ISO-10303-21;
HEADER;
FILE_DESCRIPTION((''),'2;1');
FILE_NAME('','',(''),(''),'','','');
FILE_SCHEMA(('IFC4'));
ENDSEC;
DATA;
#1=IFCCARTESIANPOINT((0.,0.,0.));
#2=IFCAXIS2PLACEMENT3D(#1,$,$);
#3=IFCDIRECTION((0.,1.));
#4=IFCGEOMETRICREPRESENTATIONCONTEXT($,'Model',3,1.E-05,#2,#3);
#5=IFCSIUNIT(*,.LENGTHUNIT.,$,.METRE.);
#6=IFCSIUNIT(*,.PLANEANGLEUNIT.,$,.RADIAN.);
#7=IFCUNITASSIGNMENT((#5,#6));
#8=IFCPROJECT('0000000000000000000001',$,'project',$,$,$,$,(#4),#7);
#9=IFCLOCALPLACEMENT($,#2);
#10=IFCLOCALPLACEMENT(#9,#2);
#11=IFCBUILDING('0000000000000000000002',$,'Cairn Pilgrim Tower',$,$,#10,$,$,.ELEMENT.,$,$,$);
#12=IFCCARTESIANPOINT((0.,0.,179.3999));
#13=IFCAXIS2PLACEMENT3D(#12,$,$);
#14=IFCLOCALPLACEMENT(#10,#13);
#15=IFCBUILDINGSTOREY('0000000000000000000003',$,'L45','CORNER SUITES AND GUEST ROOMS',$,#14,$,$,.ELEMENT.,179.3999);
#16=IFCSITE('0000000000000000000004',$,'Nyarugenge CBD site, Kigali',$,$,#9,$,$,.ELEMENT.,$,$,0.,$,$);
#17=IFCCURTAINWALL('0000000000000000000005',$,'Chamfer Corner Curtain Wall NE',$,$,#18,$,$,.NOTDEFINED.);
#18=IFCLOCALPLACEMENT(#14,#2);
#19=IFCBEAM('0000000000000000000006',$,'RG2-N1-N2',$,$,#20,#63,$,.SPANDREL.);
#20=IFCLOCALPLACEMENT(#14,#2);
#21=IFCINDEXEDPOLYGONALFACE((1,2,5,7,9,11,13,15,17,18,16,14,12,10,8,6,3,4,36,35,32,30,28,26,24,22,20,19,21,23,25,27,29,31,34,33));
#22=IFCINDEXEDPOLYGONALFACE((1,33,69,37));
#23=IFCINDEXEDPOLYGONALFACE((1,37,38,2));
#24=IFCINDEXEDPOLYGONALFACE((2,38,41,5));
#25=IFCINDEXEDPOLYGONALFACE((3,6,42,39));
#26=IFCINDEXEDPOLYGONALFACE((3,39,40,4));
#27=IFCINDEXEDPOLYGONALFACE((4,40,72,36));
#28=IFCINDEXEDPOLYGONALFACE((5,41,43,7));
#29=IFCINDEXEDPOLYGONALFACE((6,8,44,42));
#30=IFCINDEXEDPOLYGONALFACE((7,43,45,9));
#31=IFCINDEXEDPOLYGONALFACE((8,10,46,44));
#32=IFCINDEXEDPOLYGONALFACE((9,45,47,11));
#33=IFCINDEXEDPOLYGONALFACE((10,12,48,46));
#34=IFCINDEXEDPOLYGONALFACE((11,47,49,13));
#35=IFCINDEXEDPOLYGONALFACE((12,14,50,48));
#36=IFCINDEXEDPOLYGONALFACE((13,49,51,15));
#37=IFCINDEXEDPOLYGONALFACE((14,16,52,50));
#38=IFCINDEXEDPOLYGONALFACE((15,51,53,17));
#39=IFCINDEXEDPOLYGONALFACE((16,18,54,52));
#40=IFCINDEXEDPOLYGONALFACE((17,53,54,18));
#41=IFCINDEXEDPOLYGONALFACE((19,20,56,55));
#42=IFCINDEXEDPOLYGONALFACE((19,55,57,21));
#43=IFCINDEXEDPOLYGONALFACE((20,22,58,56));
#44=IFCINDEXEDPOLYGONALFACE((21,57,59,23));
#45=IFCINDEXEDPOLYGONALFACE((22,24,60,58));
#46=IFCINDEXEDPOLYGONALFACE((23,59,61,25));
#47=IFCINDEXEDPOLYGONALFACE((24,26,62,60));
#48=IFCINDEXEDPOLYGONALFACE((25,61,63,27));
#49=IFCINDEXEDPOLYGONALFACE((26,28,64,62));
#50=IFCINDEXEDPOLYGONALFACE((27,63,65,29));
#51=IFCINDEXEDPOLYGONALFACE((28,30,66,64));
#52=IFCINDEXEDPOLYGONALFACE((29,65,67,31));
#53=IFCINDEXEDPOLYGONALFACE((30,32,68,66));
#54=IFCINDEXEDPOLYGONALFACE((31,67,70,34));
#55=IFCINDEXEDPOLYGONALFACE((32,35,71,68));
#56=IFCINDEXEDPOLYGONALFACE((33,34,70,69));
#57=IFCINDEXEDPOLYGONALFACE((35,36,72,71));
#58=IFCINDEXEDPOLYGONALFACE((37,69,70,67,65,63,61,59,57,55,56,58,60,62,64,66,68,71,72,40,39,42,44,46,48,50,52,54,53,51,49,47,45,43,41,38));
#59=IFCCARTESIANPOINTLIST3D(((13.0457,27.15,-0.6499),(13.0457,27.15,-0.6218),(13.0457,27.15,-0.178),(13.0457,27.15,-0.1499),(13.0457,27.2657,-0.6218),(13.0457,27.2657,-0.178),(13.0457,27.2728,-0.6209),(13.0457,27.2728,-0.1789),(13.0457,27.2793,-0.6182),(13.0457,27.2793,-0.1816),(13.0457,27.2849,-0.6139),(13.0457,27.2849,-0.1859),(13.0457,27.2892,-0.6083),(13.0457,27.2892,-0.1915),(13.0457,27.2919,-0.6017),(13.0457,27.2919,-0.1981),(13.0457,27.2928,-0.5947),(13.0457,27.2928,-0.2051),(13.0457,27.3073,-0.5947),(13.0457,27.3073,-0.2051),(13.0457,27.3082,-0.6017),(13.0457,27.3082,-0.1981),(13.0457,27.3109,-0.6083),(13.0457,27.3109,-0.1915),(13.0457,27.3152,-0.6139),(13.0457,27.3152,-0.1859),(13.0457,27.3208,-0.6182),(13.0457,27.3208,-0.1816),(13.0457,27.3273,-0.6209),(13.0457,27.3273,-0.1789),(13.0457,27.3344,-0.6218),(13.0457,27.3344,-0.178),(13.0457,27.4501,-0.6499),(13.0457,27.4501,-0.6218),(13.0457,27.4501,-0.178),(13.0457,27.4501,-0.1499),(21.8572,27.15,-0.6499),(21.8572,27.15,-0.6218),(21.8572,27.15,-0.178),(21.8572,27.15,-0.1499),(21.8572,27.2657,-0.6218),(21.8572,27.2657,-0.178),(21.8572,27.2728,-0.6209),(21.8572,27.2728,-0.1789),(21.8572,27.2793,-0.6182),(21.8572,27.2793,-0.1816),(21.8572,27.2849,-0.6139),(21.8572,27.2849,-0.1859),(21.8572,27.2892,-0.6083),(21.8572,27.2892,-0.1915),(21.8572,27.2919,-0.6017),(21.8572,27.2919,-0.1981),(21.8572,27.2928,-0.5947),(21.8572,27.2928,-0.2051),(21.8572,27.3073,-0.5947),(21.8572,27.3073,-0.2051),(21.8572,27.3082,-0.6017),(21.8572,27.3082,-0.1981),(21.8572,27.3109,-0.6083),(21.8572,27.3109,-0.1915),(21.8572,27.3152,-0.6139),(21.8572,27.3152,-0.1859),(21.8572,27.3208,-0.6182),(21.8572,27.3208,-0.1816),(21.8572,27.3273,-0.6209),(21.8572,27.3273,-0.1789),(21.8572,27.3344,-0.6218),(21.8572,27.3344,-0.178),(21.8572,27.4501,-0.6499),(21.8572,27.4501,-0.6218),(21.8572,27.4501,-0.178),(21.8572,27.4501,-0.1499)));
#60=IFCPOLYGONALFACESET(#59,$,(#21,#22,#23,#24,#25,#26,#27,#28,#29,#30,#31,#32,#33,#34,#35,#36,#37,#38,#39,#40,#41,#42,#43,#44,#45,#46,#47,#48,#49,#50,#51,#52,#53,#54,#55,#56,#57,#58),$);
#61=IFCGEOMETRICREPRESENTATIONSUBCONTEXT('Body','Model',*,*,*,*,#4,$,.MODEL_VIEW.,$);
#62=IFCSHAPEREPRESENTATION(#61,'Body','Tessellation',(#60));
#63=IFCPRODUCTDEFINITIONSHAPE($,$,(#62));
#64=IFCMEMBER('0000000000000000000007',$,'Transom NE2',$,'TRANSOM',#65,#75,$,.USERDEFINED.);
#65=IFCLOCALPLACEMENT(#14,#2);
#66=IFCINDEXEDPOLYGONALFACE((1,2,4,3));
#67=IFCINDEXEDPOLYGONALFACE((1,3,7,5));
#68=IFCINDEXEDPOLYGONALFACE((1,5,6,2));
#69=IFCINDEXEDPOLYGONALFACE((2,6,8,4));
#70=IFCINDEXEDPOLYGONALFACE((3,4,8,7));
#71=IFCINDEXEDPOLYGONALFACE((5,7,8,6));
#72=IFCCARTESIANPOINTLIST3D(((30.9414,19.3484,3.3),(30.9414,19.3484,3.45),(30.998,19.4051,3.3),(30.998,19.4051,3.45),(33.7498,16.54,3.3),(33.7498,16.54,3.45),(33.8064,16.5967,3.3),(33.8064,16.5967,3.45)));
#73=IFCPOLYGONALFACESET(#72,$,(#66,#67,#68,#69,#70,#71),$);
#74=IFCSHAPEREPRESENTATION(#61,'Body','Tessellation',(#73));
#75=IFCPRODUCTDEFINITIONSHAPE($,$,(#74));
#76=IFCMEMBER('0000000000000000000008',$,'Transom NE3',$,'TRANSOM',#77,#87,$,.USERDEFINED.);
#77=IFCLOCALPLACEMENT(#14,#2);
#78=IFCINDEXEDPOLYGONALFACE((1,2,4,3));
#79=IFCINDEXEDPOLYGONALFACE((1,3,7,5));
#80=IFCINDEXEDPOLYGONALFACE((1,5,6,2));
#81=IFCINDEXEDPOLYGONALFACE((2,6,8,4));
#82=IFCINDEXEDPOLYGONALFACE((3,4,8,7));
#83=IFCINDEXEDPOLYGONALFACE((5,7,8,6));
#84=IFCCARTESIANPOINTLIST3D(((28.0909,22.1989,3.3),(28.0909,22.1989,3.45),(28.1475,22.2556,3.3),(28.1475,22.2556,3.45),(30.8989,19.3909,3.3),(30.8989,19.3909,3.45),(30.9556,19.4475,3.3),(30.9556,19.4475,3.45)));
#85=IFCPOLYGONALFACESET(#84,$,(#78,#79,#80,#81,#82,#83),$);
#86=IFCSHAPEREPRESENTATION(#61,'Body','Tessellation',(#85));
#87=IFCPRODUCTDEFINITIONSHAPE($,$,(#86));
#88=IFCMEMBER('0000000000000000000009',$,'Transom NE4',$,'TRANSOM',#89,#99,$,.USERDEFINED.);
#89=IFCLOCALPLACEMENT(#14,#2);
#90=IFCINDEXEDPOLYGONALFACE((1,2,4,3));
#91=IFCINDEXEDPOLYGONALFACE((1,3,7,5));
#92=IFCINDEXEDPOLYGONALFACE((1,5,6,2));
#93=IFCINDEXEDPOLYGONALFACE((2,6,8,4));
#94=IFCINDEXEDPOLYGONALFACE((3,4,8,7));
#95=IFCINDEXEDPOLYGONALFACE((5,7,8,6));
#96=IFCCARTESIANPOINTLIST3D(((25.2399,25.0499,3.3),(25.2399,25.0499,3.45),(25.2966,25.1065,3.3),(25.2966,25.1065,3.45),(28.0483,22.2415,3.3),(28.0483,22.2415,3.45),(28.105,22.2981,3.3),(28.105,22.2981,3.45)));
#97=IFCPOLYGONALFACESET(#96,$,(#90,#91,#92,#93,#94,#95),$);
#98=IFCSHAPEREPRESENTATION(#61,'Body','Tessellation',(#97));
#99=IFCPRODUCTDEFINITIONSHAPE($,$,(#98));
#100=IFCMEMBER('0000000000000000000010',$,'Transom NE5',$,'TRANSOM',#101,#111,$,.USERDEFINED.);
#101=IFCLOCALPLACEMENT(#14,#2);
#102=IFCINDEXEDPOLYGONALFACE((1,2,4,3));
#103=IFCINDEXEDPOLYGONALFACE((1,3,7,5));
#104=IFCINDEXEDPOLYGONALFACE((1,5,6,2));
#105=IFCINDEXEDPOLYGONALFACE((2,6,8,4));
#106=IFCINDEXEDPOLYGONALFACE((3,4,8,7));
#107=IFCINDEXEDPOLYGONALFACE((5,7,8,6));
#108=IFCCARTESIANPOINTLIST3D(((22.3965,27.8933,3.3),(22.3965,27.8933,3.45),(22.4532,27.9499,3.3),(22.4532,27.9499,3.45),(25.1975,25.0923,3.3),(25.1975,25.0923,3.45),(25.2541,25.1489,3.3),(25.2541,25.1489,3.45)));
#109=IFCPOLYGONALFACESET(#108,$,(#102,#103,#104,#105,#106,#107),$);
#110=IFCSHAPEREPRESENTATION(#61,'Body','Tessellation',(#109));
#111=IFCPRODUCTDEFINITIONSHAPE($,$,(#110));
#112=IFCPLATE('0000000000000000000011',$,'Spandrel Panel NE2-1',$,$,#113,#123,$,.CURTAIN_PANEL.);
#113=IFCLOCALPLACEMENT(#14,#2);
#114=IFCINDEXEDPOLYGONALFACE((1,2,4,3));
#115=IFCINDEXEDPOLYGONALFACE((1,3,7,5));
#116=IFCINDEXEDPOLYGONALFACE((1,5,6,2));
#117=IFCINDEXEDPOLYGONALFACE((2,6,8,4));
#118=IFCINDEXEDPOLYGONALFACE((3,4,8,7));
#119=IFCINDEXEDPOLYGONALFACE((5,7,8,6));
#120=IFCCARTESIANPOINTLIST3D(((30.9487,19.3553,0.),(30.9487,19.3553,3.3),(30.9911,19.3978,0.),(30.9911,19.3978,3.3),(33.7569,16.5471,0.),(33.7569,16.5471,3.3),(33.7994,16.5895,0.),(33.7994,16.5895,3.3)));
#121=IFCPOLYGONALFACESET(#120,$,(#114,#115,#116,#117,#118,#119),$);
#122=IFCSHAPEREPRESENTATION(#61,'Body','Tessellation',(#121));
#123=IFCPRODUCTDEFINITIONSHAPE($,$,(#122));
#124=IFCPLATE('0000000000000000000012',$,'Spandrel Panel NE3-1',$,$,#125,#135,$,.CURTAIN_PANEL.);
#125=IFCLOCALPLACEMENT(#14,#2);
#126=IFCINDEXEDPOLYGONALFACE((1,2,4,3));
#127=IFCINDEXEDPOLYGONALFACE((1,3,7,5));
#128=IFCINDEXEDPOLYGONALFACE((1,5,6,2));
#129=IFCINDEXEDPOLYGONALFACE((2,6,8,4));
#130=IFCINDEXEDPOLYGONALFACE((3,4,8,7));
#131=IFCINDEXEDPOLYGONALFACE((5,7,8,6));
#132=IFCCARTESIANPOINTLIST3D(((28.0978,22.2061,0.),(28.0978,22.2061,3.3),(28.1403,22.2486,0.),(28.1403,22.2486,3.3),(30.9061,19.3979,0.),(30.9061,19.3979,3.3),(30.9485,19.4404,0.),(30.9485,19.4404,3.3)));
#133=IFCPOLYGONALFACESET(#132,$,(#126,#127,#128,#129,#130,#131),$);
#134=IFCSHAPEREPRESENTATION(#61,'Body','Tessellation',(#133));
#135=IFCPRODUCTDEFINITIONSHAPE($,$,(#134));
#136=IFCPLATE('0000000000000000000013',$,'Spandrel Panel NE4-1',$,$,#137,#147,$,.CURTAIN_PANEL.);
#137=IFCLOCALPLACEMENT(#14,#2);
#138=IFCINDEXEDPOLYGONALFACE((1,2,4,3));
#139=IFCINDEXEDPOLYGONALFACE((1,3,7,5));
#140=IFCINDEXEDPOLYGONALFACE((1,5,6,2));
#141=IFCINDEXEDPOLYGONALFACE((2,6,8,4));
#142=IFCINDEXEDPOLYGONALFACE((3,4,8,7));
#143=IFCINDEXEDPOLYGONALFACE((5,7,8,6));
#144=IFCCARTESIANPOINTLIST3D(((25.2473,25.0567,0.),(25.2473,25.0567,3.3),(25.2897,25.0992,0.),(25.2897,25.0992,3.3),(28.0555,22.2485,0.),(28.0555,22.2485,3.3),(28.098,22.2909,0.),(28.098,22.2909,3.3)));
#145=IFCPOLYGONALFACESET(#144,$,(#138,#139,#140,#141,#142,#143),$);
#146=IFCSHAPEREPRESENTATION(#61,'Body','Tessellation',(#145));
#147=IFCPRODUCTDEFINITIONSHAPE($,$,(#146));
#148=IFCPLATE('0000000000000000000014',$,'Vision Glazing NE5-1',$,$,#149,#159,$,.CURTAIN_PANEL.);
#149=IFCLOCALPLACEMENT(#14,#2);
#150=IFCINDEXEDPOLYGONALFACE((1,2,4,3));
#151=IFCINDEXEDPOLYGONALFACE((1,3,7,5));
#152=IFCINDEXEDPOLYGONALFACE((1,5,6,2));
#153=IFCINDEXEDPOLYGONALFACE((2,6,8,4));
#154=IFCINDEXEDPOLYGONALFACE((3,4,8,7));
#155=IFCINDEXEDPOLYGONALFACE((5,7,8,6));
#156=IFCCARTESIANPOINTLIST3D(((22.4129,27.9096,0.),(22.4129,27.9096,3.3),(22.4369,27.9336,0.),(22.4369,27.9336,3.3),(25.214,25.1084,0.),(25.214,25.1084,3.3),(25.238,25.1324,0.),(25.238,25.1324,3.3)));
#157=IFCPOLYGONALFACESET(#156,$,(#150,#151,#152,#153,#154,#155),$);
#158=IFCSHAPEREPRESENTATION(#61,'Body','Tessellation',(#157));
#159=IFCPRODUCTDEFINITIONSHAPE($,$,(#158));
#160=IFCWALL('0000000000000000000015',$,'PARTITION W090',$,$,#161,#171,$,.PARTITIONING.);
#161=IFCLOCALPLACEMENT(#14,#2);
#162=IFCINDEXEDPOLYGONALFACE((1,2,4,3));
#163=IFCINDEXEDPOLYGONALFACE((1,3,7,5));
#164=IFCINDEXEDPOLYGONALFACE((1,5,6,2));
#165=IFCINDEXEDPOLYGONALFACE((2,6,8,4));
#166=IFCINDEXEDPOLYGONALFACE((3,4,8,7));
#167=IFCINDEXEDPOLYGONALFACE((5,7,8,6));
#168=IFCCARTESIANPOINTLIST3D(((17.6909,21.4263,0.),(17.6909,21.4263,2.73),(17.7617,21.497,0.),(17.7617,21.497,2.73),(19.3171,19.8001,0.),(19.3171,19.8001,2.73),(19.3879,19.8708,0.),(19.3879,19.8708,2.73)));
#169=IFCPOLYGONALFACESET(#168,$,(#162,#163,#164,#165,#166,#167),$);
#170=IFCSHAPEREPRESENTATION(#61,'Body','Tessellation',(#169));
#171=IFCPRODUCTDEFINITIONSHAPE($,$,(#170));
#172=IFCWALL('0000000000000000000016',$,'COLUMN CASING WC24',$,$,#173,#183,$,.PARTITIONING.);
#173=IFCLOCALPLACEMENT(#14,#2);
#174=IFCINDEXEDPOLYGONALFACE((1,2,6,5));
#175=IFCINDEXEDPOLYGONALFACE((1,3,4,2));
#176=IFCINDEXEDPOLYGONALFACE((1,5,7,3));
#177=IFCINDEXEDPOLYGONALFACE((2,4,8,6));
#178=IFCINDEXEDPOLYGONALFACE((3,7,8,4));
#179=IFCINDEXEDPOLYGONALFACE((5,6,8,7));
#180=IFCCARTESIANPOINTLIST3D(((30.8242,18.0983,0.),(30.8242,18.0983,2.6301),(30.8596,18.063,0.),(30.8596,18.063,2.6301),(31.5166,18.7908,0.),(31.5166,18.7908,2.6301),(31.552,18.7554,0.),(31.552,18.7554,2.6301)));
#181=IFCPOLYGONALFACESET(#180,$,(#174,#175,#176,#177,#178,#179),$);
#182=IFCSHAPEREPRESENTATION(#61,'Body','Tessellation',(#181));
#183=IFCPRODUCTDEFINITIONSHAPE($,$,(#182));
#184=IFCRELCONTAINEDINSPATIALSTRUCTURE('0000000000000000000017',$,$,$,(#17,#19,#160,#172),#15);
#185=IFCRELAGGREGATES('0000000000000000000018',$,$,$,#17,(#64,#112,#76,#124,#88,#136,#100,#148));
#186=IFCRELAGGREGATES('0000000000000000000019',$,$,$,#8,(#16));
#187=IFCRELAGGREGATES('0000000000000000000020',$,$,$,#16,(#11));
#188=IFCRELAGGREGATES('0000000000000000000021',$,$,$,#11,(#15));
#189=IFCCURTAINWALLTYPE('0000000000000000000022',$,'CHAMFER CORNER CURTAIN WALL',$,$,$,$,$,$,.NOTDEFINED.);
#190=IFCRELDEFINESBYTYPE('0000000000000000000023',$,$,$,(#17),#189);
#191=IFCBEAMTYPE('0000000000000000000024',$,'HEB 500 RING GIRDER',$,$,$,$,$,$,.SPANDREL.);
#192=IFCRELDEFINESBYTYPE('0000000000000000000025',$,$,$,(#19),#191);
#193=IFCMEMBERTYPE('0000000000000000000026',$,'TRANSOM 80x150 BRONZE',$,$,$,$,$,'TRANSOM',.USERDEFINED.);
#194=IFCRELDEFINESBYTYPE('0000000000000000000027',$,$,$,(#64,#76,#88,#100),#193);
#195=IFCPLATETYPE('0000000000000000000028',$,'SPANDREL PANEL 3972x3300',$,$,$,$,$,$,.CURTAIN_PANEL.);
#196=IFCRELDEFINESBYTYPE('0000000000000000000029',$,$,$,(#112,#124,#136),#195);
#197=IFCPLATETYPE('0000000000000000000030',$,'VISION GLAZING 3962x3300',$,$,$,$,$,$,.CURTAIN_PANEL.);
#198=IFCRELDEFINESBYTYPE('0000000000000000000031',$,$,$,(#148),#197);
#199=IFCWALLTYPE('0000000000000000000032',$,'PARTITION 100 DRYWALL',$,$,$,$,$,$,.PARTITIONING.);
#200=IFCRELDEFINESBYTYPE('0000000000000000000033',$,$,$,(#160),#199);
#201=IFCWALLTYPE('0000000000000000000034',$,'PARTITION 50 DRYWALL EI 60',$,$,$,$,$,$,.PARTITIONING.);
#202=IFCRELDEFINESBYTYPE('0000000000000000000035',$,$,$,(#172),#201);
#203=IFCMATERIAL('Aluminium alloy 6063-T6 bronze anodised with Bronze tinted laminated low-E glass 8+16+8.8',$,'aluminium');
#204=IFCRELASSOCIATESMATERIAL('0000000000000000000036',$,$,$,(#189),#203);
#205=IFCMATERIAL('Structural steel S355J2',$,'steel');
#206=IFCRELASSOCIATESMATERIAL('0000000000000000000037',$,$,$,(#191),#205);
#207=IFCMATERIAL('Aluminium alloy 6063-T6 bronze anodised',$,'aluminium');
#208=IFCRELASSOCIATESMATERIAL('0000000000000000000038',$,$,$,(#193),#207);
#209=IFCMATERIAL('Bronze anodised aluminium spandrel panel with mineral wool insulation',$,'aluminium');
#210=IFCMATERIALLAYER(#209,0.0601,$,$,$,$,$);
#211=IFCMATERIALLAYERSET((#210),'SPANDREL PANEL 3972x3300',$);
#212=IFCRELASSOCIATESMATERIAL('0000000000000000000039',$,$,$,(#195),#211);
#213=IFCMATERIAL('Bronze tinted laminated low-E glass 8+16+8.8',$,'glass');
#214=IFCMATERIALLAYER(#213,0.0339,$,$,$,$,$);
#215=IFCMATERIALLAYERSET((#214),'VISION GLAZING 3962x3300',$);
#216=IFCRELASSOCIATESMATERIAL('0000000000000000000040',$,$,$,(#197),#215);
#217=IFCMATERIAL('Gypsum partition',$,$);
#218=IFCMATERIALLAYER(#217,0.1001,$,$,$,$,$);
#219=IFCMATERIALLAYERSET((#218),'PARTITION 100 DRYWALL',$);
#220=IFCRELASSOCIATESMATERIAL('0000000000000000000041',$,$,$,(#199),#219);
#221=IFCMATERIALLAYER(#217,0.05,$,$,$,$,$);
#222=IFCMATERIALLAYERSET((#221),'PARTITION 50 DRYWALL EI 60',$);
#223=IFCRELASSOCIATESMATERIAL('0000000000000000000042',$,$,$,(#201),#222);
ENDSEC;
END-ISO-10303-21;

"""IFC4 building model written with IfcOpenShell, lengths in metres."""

from ifc_helpers import new_model, si_unit, direction, frame, frame_2d, origin, origin_2d, place, context, subcontext, project, spatial, rectangle, i_section, extrude, material, layer, layer_set, material_profile, profile_set, type_object, element, aggregate, save


model = new_model("IFC4")

# Units and contexts
model_context = context("Model", 3, precision=1e-05, world=origin(), true_north=direction((0.0, 1.0)))
body_context = subcontext(model_context, "Body", "Model", "MODEL_VIEW")
ifc_project = project(units=[si_unit("LENGTHUNIT", "METRE"), si_unit("PLANEANGLEUNIT", "RADIAN")], contexts=[model_context])

# Site, building, storey
site_placement = place(None, origin())
site = spatial("IfcSite", under=ifc_project, at=site_placement, Name="Nyarugenge CBD site, Kigali", CompositionType="ELEMENT", RefElevation=0.0)
building_placement = place(site_placement, origin())
building = spatial("IfcBuilding", under=site, at=building_placement, Name="Cairn Pilgrim Tower", CompositionType="ELEMENT")
storey_placement = place(building_placement, frame((0.0, 0.0, 179.3999)))
storey = spatial("IfcBuildingStorey", under=building, at=storey_placement, Name="L45", Description="CORNER SUITES AND GUEST ROOMS", CompositionType="ELEMENT", Elevation=179.3999)

# Shared definitions
ifc_material_1 = material(Name="Structural steel S355J2", Category="steel")

# Curtain wall
ifc_material_2 = material(Name="Aluminium alloy 6063-T6 bronze anodised with Bronze tinted laminated low-E glass 8+16+8.8", Category="aluminium")
curtain_wall_type_1 = type_object("IfcCurtainWallType", Name="CHAMFER CORNER CURTAIN WALL", PredefinedType="NOTDEFINED", material=ifc_material_2)
curtain_wall_1_placement = place(storey_placement, origin())
curtain_wall_1 = element("IfcCurtainWall", 1, at=curtain_wall_1_placement, inside=storey, type_object=curtain_wall_type_1, Name="Chamfer Corner Curtain Wall NE", PredefinedType="NOTDEFINED")
ifc_material_3 = material(Name="Aluminium alloy 6063-T6 bronze anodised", Category="aluminium")

# Beam
ifc_material_profile_1 = material_profile(ifc_material_1, i_section(OverallWidth=0.3, OverallDepth=0.5, WebThickness=0.0144, FlangeThickness=0.0281, FilletRadius=0.0271, at=origin_2d()), Name="HEB 500")
ifc_profile_set_1 = profile_set([ifc_material_profile_1], Name="Structural steel S355J2")
beam_type_1 = type_object("IfcBeamType", Name="HEB 500 RING GIRDER", PredefinedType="SPANDREL", material=ifc_profile_set_1)
beam_1_placement = place(storey_placement, frame((21.8572, 27.3, -0.3999), z_axis=(-1.0, 0.0, 0.0), x_axis=(0.0, -1.0, 0.0)))
element("IfcBeam", 2, at=beam_1_placement, inside=storey, type_object=beam_type_1, Name="RG2-N1-N2", PredefinedType="SPANDREL", context=body_context, shape_type="SweptSolid", body=[
    extrude(i_section(OverallWidth=0.3, OverallDepth=0.5, WebThickness=0.0144, FlangeThickness=0.0281, FilletRadius=0.0271, at=origin_2d()), origin(), (0.0, 0.0, 1.0), 8.8115),
])

# Members
ifc_material_profile_2 = material_profile(ifc_material_3, rectangle(XDim=0.0801, YDim=0.1499, at=origin_2d()), Name="TRANSOM 80x150 BRONZE")
ifc_profile_set_2 = profile_set([ifc_material_profile_2], Name="Aluminium alloy 6063-T6 bronze anodised")
member_type_1 = type_object("IfcMemberType", Name="TRANSOM 80x150 BRONZE", ElementType="TRANSOM", PredefinedType="USERDEFINED", material=ifc_profile_set_2)
member_1_placement = place(storey_placement, frame((33.7781, 16.5684, 3.375), z_axis=(-0.707107, 0.707107, 0.0), x_axis=(-0.707107, -0.707107, 0.0)))
member_1 = element("IfcMember", 3, at=member_1_placement, type_object=member_type_1, Name="Transom NE2", ObjectType="TRANSOM", PredefinedType="USERDEFINED", context=body_context, shape_type="SweptSolid", body=[
    extrude(rectangle(XDim=0.0801, YDim=0.1499, at=origin_2d()), origin(), (0.0, 0.0, 1.0), 3.9717),
])
member_2_placement = place(storey_placement, frame((30.9272, 19.4192, 3.375), z_axis=(-0.707107, 0.707107, 0.0), x_axis=(-0.707107, -0.707107, 0.0)))
member_2 = element("IfcMember", 4, at=member_2_placement, type_object=member_type_1, Name="Transom NE3", ObjectType="TRANSOM", PredefinedType="USERDEFINED", context=body_context, shape_type="SweptSolid", body=[
    extrude(rectangle(XDim=0.0801, YDim=0.1499, at=origin_2d()), origin(), (0.0, 0.0, 1.0), 3.9712),
])
member_3_placement = place(storey_placement, frame((28.0767, 22.2698, 3.375), z_axis=(-0.707107, 0.707107, 0.0), x_axis=(-0.707107, -0.707107, 0.0)))
member_3 = element("IfcMember", 5, at=member_3_placement, type_object=member_type_1, Name="Transom NE4", ObjectType="TRANSOM", PredefinedType="USERDEFINED", context=body_context, shape_type="SweptSolid", body=[
    extrude(rectangle(XDim=0.0801, YDim=0.1499, at=origin_2d()), origin(), (0.0, 0.0, 1.0), 3.9717),
])
member_4_placement = place(storey_placement, frame((25.2258, 25.1206, 3.375), z_axis=(-0.707107, 0.707107, 0.0), x_axis=(-0.707107, -0.707107, 0.0)))
member_4 = element("IfcMember", 6, at=member_4_placement, type_object=member_type_1, Name="Transom NE5", ObjectType="TRANSOM", PredefinedType="USERDEFINED", context=body_context, shape_type="SweptSolid", body=[
    extrude(rectangle(XDim=0.0801, YDim=0.1499, at=origin_2d()), origin(), (0.0, 0.0, 1.0), 3.9612),
])

# Plates
ifc_material_4 = material(Name="Bronze anodised aluminium spandrel panel with mineral wool insulation", Category="aluminium")
ifc_layer_1 = layer(ifc_material_4, 0.0601)
ifc_layer_set_1 = layer_set([ifc_layer_1], Name="SPANDREL PANEL 3972x3300")
plate_type_1 = type_object("IfcPlateType", Name="SPANDREL PANEL 3972x3300", PredefinedType="CURTAIN_PANEL", material=ifc_layer_set_1)
plate_1_placement = place(storey_placement, frame((32.374, 17.9724, 0.0), z_axis=(0.0, 0.0, 1.0), x_axis=(-0.707107, 0.707107, 0.0)))
plate_1 = element("IfcPlate", 7, at=plate_1_placement, type_object=plate_type_1, Name="Spandrel Panel NE2-1", PredefinedType="CURTAIN_PANEL", context=body_context, shape_type="SweptSolid", body=[
    extrude(rectangle(XDim=3.9714, YDim=0.0601, at=origin_2d()), origin(), (0.0, 0.0, 1.0), 3.3),
])
plate_2_placement = place(storey_placement, frame((29.5232, 20.8232, 0.0), z_axis=(0.0, 0.0, 1.0), x_axis=(-0.707107, 0.707107, 0.0)))
plate_2 = element("IfcPlate", 8, at=plate_2_placement, type_object=plate_type_1, Name="Spandrel Panel NE3-1", PredefinedType="CURTAIN_PANEL", context=body_context, shape_type="SweptSolid", body=[
    extrude(rectangle(XDim=3.9714, YDim=0.0601, at=origin_2d()), origin(), (0.0, 0.0, 1.0), 3.3),
])
plate_3_placement = place(storey_placement, frame((26.6726, 23.6738, 0.0), z_axis=(0.0, 0.0, 1.0), x_axis=(-0.707107, 0.707107, 0.0)))
plate_3 = element("IfcPlate", 9, at=plate_3_placement, type_object=plate_type_1, Name="Spandrel Panel NE4-1", PredefinedType="CURTAIN_PANEL", context=body_context, shape_type="SweptSolid", body=[
    extrude(rectangle(XDim=3.9714, YDim=0.0601, at=origin_2d()), origin(), (0.0, 0.0, 1.0), 3.3),
])
ifc_material_5 = material(Name="Bronze tinted laminated low-E glass 8+16+8.8", Category="glass")
ifc_layer_2 = layer(ifc_material_5, 0.0339)
ifc_layer_set_2 = layer_set([ifc_layer_2], Name="VISION GLAZING 3962x3300")
plate_type_2 = type_object("IfcPlateType", Name="VISION GLAZING 3962x3300", PredefinedType="CURTAIN_PANEL", material=ifc_layer_set_2)
plate_4_placement = place(storey_placement, frame((23.8254, 26.521, 0.0), z_axis=(0.0, 0.0, 1.0), x_axis=(-0.707107, 0.707107, 0.0)))
plate_4 = element("IfcPlate", 10, at=plate_4_placement, type_object=plate_type_2, Name="Vision Glazing NE5-1", PredefinedType="CURTAIN_PANEL", context=body_context, shape_type="SweptSolid", body=[
    extrude(rectangle(XDim=3.9614, YDim=0.0339, at=origin_2d()), origin(), (0.0, 0.0, 1.0), 3.3),
])
aggregate(curtain_wall_1, [member_1, plate_1, member_2, plate_2, member_3, plate_3, member_4, plate_4])

# Walls
ifc_material_6 = material(Name="Gypsum partition")
ifc_layer_3 = layer(ifc_material_6, 0.1001)
ifc_layer_set_3 = layer_set([ifc_layer_3], Name="PARTITION 100 DRYWALL")
wall_type_1 = type_object("IfcWallType", Name="PARTITION 100 DRYWALL", PredefinedType="PARTITIONING", material=ifc_layer_set_3)
wall_1_placement = place(storey_placement, frame((19.3525, 19.8354, 0.0), z_axis=(0.0, 0.0, 1.0), x_axis=(-0.707107, 0.707107, 0.0)))
element("IfcWall", 11, at=wall_1_placement, inside=storey, type_object=wall_type_1, Name="PARTITION W090", PredefinedType="PARTITIONING", context=body_context, shape_type="SweptSolid", body=[
    extrude(rectangle(XDim=2.2998, YDim=0.1001, at=frame_2d((1.1499, 0.0))), origin(), (0.0, 0.0, 1.0), 2.73),
])
ifc_layer_4 = layer(ifc_material_6, 0.05)
ifc_layer_set_4 = layer_set([ifc_layer_4], Name="PARTITION 50 DRYWALL EI 60")
wall_type_2 = type_object("IfcWallType", Name="PARTITION 50 DRYWALL EI 60", PredefinedType="PARTITIONING", material=ifc_layer_set_4)
wall_2_placement = place(storey_placement, frame((30.8418, 18.0806, 0.0), z_axis=(0.0, 0.0, 1.0), x_axis=(0.707107, 0.707107, 0.0)))
element("IfcWall", 12, at=wall_2_placement, inside=storey, type_object=wall_type_2, Name="COLUMN CASING WC24", PredefinedType="PARTITIONING", context=body_context, shape_type="SweptSolid", body=[
    extrude(rectangle(XDim=0.9792, YDim=0.05, at=frame_2d((0.4897, 0.0))), origin(), (0.0, 0.0, 1.0), 2.6301),
])

save(model, "model.ifc")
